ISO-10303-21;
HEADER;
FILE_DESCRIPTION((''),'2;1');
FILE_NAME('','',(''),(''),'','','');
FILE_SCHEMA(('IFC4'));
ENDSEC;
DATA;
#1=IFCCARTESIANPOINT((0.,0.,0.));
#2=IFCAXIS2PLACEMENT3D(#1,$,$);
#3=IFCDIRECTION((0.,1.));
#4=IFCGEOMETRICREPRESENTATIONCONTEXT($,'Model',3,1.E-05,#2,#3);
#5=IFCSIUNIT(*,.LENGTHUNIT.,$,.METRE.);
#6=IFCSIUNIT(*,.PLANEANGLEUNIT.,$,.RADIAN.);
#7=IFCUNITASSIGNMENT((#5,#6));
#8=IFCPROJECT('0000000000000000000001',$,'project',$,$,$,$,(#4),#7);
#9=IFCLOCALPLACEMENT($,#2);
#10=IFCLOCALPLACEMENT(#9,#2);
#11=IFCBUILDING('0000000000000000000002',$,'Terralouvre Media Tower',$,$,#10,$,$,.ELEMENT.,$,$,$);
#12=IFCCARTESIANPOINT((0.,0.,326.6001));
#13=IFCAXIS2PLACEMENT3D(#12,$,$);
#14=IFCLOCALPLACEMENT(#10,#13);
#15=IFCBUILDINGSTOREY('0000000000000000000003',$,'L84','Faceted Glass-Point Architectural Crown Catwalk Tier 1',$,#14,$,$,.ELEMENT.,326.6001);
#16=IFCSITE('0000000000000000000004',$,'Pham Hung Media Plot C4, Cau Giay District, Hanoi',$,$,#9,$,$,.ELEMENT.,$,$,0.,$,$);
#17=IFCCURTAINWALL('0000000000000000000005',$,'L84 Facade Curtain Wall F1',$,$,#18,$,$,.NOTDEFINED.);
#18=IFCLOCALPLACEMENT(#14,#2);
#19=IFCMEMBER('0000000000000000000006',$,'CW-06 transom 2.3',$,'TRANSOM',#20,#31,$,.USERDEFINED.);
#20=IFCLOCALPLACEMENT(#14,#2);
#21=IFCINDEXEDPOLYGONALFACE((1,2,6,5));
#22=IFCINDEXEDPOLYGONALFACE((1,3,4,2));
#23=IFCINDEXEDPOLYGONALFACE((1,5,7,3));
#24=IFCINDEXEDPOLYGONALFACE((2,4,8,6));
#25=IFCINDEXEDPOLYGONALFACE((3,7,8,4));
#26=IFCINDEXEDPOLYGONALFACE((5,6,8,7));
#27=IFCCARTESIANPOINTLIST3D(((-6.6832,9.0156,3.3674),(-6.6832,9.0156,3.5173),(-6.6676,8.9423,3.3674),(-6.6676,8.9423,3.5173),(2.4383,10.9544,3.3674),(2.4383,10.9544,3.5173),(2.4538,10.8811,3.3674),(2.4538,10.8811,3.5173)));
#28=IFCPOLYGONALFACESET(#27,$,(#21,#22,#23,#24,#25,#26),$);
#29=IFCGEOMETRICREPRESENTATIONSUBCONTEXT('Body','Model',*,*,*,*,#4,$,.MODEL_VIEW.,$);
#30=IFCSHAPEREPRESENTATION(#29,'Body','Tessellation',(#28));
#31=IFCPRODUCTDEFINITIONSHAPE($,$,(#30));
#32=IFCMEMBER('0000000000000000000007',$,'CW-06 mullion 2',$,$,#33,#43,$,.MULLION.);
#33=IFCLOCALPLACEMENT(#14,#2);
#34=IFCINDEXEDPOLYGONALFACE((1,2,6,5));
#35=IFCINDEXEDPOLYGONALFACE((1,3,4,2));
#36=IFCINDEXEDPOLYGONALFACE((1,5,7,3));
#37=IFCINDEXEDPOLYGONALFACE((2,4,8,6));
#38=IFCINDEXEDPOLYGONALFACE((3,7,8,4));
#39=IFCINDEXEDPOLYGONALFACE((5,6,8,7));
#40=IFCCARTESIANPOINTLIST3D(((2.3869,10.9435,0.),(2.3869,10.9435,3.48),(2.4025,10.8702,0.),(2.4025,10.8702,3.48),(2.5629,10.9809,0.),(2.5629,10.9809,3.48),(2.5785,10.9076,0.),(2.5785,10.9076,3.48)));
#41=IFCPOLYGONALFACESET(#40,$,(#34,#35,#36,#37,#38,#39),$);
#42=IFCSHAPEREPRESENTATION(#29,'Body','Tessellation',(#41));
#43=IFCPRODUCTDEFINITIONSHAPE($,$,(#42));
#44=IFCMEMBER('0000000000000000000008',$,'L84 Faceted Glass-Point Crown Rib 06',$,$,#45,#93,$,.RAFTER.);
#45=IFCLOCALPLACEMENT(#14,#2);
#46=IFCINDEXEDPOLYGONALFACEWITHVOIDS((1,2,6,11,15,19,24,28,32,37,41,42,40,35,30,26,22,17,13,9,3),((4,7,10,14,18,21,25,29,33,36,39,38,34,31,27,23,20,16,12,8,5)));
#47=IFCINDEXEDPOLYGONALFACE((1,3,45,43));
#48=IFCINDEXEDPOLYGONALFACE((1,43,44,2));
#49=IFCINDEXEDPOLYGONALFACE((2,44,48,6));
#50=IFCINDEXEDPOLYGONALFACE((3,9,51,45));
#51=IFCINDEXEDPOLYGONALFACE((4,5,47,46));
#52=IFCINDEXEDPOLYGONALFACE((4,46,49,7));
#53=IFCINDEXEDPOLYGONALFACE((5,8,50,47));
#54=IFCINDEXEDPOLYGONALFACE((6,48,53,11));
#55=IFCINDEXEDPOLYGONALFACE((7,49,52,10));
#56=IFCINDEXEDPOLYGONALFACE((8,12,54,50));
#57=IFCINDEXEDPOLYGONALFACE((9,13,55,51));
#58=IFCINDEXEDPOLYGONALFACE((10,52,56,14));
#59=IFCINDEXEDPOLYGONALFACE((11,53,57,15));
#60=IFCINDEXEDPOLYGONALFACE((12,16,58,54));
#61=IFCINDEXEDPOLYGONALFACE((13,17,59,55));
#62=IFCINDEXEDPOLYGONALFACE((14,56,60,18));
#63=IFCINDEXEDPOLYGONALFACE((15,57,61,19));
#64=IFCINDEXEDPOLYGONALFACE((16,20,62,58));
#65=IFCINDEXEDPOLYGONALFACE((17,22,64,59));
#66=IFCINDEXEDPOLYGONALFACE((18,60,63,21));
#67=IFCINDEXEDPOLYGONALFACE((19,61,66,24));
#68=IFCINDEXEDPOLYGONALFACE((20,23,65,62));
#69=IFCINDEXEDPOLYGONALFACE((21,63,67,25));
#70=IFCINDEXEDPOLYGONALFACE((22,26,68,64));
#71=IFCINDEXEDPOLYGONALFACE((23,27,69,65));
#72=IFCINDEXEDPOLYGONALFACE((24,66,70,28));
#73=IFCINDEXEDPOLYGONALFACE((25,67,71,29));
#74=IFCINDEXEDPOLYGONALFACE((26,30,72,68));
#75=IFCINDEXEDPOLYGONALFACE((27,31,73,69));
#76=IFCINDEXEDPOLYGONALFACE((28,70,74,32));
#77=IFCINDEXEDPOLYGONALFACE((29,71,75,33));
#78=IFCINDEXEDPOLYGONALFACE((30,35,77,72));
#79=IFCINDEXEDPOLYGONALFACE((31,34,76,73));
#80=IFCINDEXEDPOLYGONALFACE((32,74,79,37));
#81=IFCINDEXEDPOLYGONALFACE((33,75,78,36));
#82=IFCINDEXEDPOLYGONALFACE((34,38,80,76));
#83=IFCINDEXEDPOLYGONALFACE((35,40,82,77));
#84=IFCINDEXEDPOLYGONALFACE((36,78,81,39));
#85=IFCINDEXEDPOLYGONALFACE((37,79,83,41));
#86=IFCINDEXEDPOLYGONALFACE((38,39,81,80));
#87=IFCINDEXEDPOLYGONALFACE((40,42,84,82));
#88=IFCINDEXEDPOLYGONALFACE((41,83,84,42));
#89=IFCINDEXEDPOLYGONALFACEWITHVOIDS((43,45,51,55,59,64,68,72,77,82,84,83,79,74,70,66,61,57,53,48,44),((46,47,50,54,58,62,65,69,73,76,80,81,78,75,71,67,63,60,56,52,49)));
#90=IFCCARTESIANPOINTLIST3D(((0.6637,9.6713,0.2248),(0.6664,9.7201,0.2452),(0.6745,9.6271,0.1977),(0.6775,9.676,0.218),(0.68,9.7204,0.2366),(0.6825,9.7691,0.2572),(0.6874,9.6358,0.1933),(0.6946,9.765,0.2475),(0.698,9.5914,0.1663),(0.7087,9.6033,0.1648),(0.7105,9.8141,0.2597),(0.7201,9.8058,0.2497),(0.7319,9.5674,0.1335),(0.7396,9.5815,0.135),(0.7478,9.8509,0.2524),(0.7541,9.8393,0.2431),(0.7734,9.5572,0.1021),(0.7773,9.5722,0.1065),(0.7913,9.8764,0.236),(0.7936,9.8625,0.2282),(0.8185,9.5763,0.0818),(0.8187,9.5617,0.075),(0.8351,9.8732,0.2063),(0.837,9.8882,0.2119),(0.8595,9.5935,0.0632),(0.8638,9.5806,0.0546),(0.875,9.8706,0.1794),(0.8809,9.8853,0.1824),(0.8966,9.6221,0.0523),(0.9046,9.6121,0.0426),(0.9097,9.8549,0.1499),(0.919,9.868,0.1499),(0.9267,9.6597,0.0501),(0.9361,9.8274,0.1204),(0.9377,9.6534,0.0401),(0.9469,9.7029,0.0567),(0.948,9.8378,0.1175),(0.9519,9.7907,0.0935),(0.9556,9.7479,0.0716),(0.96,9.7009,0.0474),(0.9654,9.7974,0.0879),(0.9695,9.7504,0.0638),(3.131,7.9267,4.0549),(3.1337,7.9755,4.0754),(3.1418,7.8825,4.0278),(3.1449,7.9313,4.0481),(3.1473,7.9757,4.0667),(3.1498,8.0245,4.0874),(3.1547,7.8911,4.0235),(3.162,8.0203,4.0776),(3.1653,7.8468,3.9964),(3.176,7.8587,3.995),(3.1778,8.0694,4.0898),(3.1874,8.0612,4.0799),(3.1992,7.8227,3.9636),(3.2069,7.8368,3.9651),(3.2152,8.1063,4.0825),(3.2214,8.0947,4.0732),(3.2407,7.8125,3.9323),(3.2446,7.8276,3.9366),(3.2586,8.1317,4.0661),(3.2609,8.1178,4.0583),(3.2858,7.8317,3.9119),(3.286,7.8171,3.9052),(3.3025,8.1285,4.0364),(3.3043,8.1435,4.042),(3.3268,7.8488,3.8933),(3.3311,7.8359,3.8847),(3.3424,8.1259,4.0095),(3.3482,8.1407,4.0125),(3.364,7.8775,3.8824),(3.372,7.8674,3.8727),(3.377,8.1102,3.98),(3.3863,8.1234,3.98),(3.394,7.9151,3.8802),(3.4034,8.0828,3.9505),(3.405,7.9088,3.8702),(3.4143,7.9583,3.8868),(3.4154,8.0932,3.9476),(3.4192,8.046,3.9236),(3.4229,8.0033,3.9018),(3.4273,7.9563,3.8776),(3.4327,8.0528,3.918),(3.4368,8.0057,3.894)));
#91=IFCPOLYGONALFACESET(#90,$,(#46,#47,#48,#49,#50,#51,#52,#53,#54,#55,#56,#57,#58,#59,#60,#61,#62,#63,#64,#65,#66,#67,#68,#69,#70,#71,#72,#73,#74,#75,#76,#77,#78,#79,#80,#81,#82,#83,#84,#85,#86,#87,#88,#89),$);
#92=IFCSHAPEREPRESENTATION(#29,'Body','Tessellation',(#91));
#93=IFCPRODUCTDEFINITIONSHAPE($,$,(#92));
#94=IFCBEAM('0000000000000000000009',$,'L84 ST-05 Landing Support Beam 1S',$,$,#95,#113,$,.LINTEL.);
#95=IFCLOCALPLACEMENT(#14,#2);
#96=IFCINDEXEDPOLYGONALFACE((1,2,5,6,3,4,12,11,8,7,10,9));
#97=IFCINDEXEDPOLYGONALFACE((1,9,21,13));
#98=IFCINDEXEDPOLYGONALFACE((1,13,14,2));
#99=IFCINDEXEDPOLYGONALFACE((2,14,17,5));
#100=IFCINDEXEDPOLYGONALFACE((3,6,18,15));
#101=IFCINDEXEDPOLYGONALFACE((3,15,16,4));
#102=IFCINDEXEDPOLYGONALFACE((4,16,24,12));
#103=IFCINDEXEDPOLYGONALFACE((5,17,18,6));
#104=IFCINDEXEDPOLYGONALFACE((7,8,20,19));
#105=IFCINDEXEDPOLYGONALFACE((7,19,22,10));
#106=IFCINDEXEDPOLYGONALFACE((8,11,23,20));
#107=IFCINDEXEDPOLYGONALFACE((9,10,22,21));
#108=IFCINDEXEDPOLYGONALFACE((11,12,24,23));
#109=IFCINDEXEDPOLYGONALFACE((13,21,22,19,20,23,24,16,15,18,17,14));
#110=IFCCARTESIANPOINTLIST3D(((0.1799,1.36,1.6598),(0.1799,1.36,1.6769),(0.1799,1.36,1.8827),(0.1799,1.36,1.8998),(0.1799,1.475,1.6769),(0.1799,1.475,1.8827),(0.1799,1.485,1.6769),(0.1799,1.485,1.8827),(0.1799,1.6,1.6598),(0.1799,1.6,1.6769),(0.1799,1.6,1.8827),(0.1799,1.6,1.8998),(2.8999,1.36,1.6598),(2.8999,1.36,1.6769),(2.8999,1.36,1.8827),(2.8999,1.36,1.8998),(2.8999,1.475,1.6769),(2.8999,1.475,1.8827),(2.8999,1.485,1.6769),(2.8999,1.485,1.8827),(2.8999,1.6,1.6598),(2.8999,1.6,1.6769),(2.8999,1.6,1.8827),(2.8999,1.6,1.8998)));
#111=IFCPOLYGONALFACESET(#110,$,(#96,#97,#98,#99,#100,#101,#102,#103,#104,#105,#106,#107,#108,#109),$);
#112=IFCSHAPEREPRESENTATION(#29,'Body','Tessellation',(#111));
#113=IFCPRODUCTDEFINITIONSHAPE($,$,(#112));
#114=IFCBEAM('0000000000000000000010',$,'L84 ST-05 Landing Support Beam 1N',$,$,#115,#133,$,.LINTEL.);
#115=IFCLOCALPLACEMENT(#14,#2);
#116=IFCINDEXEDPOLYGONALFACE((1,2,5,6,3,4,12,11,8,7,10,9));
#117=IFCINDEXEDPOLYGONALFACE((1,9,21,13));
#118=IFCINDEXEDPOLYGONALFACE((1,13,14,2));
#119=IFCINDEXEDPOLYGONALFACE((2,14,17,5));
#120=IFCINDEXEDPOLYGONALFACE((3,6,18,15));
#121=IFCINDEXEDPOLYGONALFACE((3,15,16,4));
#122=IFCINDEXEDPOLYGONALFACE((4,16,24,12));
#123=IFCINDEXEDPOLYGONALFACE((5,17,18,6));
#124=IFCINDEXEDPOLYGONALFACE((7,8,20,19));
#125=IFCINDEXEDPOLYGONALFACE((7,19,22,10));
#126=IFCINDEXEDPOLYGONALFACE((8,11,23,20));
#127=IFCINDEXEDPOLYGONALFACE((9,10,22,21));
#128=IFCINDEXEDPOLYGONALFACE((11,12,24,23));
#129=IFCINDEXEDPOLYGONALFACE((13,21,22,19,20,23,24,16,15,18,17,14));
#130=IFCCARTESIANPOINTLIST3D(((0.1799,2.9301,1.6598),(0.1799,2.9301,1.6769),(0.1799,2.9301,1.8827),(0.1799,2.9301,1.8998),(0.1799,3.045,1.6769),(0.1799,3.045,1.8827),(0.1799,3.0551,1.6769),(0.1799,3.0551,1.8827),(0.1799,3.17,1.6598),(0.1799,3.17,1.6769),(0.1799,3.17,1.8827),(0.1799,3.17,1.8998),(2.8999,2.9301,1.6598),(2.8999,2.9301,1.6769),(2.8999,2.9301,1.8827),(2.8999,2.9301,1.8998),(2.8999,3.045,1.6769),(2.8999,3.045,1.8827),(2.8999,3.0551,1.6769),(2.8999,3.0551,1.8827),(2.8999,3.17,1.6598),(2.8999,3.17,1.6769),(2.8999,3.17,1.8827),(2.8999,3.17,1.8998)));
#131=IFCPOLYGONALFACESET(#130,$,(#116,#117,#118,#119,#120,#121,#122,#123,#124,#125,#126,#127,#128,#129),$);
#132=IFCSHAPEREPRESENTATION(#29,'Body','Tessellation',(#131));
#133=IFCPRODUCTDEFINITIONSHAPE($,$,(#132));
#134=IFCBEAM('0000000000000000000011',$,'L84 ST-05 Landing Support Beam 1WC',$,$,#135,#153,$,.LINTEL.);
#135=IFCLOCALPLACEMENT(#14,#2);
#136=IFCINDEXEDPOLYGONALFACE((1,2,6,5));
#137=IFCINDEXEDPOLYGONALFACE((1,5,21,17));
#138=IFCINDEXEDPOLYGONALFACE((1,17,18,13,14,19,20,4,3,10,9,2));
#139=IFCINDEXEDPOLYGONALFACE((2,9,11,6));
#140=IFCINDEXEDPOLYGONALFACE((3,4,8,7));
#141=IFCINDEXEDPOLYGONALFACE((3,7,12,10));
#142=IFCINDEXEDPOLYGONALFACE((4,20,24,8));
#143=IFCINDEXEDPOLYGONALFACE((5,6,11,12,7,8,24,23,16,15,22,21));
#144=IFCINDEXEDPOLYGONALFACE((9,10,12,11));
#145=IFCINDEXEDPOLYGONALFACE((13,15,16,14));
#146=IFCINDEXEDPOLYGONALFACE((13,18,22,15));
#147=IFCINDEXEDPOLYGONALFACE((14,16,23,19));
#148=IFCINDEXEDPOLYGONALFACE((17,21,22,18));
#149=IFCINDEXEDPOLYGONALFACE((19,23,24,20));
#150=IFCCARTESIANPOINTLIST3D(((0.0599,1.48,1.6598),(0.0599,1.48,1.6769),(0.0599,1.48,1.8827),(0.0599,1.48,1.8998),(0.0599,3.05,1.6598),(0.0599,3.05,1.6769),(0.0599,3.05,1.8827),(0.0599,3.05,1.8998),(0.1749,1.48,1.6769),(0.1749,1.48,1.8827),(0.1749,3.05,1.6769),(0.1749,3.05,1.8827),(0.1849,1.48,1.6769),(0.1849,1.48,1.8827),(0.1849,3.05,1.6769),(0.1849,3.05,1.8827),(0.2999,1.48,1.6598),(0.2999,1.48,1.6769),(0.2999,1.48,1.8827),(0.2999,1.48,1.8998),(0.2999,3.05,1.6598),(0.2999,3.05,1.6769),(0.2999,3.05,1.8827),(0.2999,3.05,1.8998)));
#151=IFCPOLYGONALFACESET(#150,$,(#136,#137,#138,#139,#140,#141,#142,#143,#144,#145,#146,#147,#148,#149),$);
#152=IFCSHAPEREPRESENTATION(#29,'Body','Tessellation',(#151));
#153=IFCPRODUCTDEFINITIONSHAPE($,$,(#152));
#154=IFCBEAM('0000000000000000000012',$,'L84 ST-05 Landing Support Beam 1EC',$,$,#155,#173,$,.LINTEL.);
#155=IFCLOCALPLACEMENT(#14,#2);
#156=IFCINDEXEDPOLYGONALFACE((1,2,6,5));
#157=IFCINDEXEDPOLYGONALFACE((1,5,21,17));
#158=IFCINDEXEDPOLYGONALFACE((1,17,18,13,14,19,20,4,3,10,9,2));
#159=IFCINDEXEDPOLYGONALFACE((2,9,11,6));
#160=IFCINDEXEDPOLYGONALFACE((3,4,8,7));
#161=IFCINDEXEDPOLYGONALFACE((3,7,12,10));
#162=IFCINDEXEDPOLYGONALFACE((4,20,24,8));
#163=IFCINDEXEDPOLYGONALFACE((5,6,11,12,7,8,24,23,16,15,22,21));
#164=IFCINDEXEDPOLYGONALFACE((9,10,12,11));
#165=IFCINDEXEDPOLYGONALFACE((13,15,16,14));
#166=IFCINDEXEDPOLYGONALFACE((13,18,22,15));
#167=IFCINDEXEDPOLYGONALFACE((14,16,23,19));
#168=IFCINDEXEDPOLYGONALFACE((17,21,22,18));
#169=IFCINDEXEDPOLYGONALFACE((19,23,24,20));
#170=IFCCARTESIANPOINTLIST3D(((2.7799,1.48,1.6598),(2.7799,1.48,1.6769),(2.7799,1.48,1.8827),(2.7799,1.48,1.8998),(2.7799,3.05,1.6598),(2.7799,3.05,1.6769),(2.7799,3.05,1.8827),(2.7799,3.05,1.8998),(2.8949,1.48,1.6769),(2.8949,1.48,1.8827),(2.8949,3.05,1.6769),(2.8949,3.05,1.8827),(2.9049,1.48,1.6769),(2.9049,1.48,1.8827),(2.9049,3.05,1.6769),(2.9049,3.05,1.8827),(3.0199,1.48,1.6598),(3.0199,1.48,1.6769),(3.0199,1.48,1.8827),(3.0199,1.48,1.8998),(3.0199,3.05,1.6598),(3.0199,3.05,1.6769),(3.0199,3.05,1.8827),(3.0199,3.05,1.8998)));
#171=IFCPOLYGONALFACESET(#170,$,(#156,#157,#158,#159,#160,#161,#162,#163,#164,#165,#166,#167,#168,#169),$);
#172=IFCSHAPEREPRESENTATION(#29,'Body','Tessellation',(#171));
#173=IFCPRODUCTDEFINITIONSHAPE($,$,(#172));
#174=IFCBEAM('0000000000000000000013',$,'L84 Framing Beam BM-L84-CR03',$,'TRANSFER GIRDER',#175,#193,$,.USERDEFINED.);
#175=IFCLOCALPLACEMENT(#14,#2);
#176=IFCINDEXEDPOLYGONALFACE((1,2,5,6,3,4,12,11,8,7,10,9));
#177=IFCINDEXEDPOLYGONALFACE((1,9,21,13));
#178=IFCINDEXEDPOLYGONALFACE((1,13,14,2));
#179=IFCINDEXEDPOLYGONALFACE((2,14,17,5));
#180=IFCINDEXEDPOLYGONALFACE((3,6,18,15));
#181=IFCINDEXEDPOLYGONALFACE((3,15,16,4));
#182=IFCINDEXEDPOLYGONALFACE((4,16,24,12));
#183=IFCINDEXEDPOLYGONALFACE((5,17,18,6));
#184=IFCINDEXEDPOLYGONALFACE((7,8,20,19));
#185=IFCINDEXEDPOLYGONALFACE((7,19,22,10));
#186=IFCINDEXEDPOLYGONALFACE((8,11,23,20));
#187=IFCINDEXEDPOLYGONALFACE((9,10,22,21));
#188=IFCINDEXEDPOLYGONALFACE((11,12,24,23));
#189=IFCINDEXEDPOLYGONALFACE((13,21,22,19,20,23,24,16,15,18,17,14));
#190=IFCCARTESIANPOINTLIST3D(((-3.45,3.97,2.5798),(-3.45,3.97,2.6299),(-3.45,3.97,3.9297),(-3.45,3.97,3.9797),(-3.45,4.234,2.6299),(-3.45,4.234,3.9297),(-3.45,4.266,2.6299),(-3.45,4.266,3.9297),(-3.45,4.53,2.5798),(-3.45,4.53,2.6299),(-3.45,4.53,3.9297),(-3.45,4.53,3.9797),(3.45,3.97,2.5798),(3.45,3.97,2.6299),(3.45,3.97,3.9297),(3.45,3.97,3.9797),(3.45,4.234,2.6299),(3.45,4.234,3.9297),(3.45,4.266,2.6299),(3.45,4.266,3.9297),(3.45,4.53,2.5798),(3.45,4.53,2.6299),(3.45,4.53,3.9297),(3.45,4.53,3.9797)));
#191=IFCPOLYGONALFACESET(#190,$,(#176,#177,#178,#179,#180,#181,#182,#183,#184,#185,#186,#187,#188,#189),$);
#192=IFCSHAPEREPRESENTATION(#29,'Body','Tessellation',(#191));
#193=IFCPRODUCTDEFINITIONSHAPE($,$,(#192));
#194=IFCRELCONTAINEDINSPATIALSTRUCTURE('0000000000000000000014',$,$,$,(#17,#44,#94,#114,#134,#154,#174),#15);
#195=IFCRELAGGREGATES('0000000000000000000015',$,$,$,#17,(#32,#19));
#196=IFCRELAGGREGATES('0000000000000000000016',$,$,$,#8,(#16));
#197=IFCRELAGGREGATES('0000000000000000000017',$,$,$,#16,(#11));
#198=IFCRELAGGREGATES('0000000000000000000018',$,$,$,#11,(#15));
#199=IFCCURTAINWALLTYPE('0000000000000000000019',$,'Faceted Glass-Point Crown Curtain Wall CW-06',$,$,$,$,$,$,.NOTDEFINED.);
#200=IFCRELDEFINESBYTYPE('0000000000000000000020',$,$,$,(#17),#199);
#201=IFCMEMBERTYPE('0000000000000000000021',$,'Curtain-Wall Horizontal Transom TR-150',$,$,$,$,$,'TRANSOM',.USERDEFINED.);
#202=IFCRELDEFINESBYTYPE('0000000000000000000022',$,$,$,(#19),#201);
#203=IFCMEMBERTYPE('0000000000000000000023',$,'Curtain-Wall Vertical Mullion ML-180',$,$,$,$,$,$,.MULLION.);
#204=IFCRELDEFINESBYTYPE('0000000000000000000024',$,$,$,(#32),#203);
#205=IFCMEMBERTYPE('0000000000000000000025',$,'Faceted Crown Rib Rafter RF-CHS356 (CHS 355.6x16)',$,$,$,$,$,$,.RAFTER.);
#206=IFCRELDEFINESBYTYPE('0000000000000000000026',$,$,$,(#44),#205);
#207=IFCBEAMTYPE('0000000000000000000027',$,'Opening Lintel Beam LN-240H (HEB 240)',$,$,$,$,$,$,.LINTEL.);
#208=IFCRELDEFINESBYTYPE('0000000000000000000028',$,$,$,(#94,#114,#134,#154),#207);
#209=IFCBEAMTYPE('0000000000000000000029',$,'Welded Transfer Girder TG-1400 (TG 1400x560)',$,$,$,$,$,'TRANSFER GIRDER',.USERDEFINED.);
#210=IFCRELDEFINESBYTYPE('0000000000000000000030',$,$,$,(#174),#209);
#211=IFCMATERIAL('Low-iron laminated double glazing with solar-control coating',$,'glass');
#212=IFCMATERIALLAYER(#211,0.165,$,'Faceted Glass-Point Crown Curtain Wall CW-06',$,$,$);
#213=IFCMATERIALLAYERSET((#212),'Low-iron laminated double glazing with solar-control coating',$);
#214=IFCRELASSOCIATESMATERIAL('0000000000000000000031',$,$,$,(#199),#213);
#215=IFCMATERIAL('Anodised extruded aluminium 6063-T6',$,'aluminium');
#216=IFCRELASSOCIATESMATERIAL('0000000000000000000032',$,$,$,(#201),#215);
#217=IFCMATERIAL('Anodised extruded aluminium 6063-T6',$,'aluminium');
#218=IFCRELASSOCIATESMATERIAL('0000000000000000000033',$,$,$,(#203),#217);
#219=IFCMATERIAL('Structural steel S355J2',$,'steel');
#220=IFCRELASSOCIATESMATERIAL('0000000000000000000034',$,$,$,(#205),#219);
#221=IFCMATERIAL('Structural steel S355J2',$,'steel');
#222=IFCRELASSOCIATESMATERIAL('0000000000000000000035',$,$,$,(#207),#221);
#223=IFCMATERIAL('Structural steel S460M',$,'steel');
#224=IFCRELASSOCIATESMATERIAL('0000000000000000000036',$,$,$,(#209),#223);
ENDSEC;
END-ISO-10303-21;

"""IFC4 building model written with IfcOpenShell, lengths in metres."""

from ifc_helpers import new_model, si_unit, direction, frame, origin, origin_2d, place, context, subcontext, project, spatial, rectangle, hollow_circle, i_section, extrude, material, layer, layer_set, material_profile, profile_set, type_object, element, aggregate, save


model = new_model("IFC4")

# Units and contexts
model_context = context("Model", 3, precision=1e-05, world=origin(), true_north=direction((0.0, 1.0)))
body_context = subcontext(model_context, "Body", "Model", "MODEL_VIEW")
ifc_project = project(units=[si_unit("LENGTHUNIT", "METRE"), si_unit("PLANEANGLEUNIT", "RADIAN")], contexts=[model_context])

# Site, building, storey
site_placement = place(None, origin())
site = spatial("IfcSite", under=ifc_project, at=site_placement, Name="Pham Hung Media Plot C4, Cau Giay District, Hanoi", CompositionType="ELEMENT", RefElevation=0.0)
building_placement = place(site_placement, origin())
building = spatial("IfcBuilding", under=site, at=building_placement, Name="Terralouvre Media Tower", CompositionType="ELEMENT")
storey_placement = place(building_placement, frame((0.0, 0.0, 326.6001)))
storey = spatial("IfcBuildingStorey", under=building, at=storey_placement, Name="L84", Description="Faceted Glass-Point Architectural Crown Catwalk Tier 1", CompositionType="ELEMENT", Elevation=326.6001)

# Curtain wall, members
ifc_material_1 = material(Name="Low-iron laminated double glazing with solar-control coating", Category="glass")
ifc_layer_1 = layer(ifc_material_1, 0.165, Name="Faceted Glass-Point Crown Curtain Wall CW-06")
ifc_layer_set_1 = layer_set([ifc_layer_1], Name="Low-iron laminated double glazing with solar-control coating")
curtain_wall_type = type_object("IfcCurtainWallType", Name="Faceted Glass-Point Crown Curtain Wall CW-06", PredefinedType="NOTDEFINED", material=ifc_layer_set_1)
curtain_wall_placement = place(storey_placement, origin())
curtain_wall = element("IfcCurtainWall", 1, at=curtain_wall_placement, inside=storey, type_object=curtain_wall_type, Name="L84 Facade Curtain Wall F1", PredefinedType="NOTDEFINED")
ifc_material_2 = material(Name="Anodised extruded aluminium 6063-T6", Category="aluminium")
ifc_material_profile_1 = material_profile(ifc_material_2, rectangle(XDim=0.075, YDim=0.1499, at=origin_2d()), Name="ALU 75x150")
ifc_profile_set_1 = profile_set([ifc_material_profile_1], Name="Anodised extruded aluminium 6063-T6")
member_type_1 = type_object("IfcMemberType", Name="Curtain-Wall Horizontal Transom TR-150", ElementType="TRANSOM", PredefinedType="USERDEFINED", material=ifc_profile_set_1)
member_1_placement = place(storey_placement, frame((2.446, 10.9177, 3.4424), z_axis=(-0.978149, -0.207904, 0.0), x_axis=(0.207904, -0.978149, 0.0)))
member_1 = element("IfcMember", 2, at=member_1_placement, type_object=member_type_1, Name="CW-06 transom 2.3", ObjectType="TRANSOM", PredefinedType="USERDEFINED", context=body_context, shape_type="SweptSolid", body=[
    extrude(rectangle(XDim=0.075, YDim=0.1499, at=origin_2d()), origin(), (0.0, 0.0, 1.0), 9.3252),
])
ifc_material_3 = material(Name="Anodised extruded aluminium 6063-T6", Category="aluminium")
ifc_material_profile_2 = material_profile(ifc_material_3, rectangle(XDim=0.075, YDim=0.1799, at=origin_2d()), Name="ALU 75x180")
ifc_profile_set_2 = profile_set([ifc_material_profile_2], Name="Anodised extruded aluminium 6063-T6")
member_type_2 = type_object("IfcMemberType", Name="Curtain-Wall Vertical Mullion ML-180", PredefinedType="MULLION", material=ifc_profile_set_2)
member_2_placement = place(storey_placement, frame((2.4827, 10.9255, 0.0), z_axis=(0.0, 0.0, 1.0), x_axis=(0.207912, -0.978148, 0.0)))
member_2 = element("IfcMember", 3, at=member_2_placement, type_object=member_type_2, Name="CW-06 mullion 2", PredefinedType="MULLION", context=body_context, shape_type="SweptSolid", body=[
    extrude(rectangle(XDim=0.075, YDim=0.1799, at=origin_2d()), origin(), (0.0, 0.0, 1.0), 3.48),
])
aggregate(curtain_wall, [member_2, member_1])

# Member
ifc_material_4 = material(Name="Structural steel S355J2", Category="steel")
ifc_material_profile_3 = material_profile(ifc_material_4, hollow_circle(Radius=0.1777, WallThickness=0.0161, at=origin_2d()), Name="CHS 355.6x16")
ifc_profile_set_3 = profile_set([ifc_material_profile_3], Name="Structural steel S355J2")
member_type_3 = type_object("IfcMemberType", Name="Faceted Crown Rib Rafter RF-CHS356 (CHS 355.6x16)", PredefinedType="RAFTER", material=ifc_profile_set_3)
member_3_placement = place(storey_placement, frame((0.8164, 9.7229, 0.1499), z_axis=(0.505736, -0.357609, 0.785078), x_axis=(0.577349, 0.816497, 0.0)))
element("IfcMember", 4, at=member_3_placement, inside=storey, type_object=member_type_3, Name="L84 Faceted Glass-Point Crown Rib 06", PredefinedType="RAFTER", context=body_context, shape_type="SweptSolid", body=[
    extrude(hollow_circle(Radius=0.1777, WallThickness=0.0161, at=origin_2d()), origin(), (0.0, 0.0, 1.0), 4.8787),
])

# Beams
ifc_material_5 = material(Name="Structural steel S355J2", Category="steel")
ifc_material_profile_4 = material_profile(ifc_material_5, i_section(OverallWidth=0.24, OverallDepth=0.24, WebThickness=0.01, FlangeThickness=0.0171, at=origin_2d()), Name="HEB 240")
ifc_profile_set_4 = profile_set([ifc_material_profile_4], Name="Structural steel S355J2")
beam_type_1 = type_object("IfcBeamType", Name="Opening Lintel Beam LN-240H (HEB 240)", PredefinedType="LINTEL", material=ifc_profile_set_4)
for number, where, z_axis, x_axis, name in (
    (5, (0.1799, 1.48, 1.7798), (1.0, 0.0, 0.0), (0.0, 1.0, 0.0), "L84 ST-05 Landing Support Beam 1S"),
    (6, (0.1799, 3.05, 1.7798), (1.0, 0.0, 0.0), (0.0, 1.0, 0.0), "L84 ST-05 Landing Support Beam 1N"),
):
    element("IfcBeam", number, at=place(storey_placement, frame(where, z_axis=z_axis, x_axis=x_axis)), inside=storey, type_object=beam_type_1, Name=name, PredefinedType="LINTEL", context=body_context, shape_type="SweptSolid", body=[
        extrude(i_section(OverallWidth=0.24, OverallDepth=0.24, WebThickness=0.01, FlangeThickness=0.0171, at=origin_2d()), origin(), (0.0, 0.0, 1.0), 2.72),
    ])
for number, where, z_axis, x_axis, name in (
    (7, (0.1799, 1.48, 1.7798), (0.0, 1.0, 0.0), (-1.0, 0.0, 0.0), "L84 ST-05 Landing Support Beam 1WC"),
    (8, (2.8999, 1.48, 1.7798), (0.0, 1.0, 0.0), (-1.0, 0.0, 0.0), "L84 ST-05 Landing Support Beam 1EC"),
):
    element("IfcBeam", number, at=place(storey_placement, frame(where, z_axis=z_axis, x_axis=x_axis)), inside=storey, type_object=beam_type_1, Name=name, PredefinedType="LINTEL", context=body_context, shape_type="SweptSolid", body=[
        extrude(i_section(OverallWidth=0.24, OverallDepth=0.24, WebThickness=0.01, FlangeThickness=0.0171, at=origin_2d()), origin(), (0.0, 0.0, 1.0), 1.5701),
    ])
ifc_material_6 = material(Name="Structural steel S460M", Category="steel")
ifc_material_profile_5 = material_profile(ifc_material_6, i_section(OverallWidth=0.5601, OverallDepth=1.3999, WebThickness=0.032, FlangeThickness=0.05, at=origin_2d()), Name="TG 1400x560")
ifc_profile_set_5 = profile_set([ifc_material_profile_5], Name="Structural steel S460M")
beam_type_2 = type_object("IfcBeamType", Name="Welded Transfer Girder TG-1400 (TG 1400x560)", ElementType="TRANSFER GIRDER", PredefinedType="USERDEFINED", material=ifc_profile_set_5)
beam_1_placement = place(storey_placement, frame((3.45, 4.25, 3.2798), z_axis=(-1.0, 0.0, 0.0), x_axis=(0.0, -1.0, 0.0)))
element("IfcBeam", 9, at=beam_1_placement, inside=storey, type_object=beam_type_2, Name="L84 Framing Beam BM-L84-CR03", ObjectType="TRANSFER GIRDER", PredefinedType="USERDEFINED", context=body_context, shape_type="SweptSolid", body=[
    extrude(i_section(OverallWidth=0.5601, OverallDepth=1.3999, WebThickness=0.032, FlangeThickness=0.05, at=origin_2d()), origin(), (0.0, 0.0, 1.0), 6.8999),
])

save(model, "model.ifc")
